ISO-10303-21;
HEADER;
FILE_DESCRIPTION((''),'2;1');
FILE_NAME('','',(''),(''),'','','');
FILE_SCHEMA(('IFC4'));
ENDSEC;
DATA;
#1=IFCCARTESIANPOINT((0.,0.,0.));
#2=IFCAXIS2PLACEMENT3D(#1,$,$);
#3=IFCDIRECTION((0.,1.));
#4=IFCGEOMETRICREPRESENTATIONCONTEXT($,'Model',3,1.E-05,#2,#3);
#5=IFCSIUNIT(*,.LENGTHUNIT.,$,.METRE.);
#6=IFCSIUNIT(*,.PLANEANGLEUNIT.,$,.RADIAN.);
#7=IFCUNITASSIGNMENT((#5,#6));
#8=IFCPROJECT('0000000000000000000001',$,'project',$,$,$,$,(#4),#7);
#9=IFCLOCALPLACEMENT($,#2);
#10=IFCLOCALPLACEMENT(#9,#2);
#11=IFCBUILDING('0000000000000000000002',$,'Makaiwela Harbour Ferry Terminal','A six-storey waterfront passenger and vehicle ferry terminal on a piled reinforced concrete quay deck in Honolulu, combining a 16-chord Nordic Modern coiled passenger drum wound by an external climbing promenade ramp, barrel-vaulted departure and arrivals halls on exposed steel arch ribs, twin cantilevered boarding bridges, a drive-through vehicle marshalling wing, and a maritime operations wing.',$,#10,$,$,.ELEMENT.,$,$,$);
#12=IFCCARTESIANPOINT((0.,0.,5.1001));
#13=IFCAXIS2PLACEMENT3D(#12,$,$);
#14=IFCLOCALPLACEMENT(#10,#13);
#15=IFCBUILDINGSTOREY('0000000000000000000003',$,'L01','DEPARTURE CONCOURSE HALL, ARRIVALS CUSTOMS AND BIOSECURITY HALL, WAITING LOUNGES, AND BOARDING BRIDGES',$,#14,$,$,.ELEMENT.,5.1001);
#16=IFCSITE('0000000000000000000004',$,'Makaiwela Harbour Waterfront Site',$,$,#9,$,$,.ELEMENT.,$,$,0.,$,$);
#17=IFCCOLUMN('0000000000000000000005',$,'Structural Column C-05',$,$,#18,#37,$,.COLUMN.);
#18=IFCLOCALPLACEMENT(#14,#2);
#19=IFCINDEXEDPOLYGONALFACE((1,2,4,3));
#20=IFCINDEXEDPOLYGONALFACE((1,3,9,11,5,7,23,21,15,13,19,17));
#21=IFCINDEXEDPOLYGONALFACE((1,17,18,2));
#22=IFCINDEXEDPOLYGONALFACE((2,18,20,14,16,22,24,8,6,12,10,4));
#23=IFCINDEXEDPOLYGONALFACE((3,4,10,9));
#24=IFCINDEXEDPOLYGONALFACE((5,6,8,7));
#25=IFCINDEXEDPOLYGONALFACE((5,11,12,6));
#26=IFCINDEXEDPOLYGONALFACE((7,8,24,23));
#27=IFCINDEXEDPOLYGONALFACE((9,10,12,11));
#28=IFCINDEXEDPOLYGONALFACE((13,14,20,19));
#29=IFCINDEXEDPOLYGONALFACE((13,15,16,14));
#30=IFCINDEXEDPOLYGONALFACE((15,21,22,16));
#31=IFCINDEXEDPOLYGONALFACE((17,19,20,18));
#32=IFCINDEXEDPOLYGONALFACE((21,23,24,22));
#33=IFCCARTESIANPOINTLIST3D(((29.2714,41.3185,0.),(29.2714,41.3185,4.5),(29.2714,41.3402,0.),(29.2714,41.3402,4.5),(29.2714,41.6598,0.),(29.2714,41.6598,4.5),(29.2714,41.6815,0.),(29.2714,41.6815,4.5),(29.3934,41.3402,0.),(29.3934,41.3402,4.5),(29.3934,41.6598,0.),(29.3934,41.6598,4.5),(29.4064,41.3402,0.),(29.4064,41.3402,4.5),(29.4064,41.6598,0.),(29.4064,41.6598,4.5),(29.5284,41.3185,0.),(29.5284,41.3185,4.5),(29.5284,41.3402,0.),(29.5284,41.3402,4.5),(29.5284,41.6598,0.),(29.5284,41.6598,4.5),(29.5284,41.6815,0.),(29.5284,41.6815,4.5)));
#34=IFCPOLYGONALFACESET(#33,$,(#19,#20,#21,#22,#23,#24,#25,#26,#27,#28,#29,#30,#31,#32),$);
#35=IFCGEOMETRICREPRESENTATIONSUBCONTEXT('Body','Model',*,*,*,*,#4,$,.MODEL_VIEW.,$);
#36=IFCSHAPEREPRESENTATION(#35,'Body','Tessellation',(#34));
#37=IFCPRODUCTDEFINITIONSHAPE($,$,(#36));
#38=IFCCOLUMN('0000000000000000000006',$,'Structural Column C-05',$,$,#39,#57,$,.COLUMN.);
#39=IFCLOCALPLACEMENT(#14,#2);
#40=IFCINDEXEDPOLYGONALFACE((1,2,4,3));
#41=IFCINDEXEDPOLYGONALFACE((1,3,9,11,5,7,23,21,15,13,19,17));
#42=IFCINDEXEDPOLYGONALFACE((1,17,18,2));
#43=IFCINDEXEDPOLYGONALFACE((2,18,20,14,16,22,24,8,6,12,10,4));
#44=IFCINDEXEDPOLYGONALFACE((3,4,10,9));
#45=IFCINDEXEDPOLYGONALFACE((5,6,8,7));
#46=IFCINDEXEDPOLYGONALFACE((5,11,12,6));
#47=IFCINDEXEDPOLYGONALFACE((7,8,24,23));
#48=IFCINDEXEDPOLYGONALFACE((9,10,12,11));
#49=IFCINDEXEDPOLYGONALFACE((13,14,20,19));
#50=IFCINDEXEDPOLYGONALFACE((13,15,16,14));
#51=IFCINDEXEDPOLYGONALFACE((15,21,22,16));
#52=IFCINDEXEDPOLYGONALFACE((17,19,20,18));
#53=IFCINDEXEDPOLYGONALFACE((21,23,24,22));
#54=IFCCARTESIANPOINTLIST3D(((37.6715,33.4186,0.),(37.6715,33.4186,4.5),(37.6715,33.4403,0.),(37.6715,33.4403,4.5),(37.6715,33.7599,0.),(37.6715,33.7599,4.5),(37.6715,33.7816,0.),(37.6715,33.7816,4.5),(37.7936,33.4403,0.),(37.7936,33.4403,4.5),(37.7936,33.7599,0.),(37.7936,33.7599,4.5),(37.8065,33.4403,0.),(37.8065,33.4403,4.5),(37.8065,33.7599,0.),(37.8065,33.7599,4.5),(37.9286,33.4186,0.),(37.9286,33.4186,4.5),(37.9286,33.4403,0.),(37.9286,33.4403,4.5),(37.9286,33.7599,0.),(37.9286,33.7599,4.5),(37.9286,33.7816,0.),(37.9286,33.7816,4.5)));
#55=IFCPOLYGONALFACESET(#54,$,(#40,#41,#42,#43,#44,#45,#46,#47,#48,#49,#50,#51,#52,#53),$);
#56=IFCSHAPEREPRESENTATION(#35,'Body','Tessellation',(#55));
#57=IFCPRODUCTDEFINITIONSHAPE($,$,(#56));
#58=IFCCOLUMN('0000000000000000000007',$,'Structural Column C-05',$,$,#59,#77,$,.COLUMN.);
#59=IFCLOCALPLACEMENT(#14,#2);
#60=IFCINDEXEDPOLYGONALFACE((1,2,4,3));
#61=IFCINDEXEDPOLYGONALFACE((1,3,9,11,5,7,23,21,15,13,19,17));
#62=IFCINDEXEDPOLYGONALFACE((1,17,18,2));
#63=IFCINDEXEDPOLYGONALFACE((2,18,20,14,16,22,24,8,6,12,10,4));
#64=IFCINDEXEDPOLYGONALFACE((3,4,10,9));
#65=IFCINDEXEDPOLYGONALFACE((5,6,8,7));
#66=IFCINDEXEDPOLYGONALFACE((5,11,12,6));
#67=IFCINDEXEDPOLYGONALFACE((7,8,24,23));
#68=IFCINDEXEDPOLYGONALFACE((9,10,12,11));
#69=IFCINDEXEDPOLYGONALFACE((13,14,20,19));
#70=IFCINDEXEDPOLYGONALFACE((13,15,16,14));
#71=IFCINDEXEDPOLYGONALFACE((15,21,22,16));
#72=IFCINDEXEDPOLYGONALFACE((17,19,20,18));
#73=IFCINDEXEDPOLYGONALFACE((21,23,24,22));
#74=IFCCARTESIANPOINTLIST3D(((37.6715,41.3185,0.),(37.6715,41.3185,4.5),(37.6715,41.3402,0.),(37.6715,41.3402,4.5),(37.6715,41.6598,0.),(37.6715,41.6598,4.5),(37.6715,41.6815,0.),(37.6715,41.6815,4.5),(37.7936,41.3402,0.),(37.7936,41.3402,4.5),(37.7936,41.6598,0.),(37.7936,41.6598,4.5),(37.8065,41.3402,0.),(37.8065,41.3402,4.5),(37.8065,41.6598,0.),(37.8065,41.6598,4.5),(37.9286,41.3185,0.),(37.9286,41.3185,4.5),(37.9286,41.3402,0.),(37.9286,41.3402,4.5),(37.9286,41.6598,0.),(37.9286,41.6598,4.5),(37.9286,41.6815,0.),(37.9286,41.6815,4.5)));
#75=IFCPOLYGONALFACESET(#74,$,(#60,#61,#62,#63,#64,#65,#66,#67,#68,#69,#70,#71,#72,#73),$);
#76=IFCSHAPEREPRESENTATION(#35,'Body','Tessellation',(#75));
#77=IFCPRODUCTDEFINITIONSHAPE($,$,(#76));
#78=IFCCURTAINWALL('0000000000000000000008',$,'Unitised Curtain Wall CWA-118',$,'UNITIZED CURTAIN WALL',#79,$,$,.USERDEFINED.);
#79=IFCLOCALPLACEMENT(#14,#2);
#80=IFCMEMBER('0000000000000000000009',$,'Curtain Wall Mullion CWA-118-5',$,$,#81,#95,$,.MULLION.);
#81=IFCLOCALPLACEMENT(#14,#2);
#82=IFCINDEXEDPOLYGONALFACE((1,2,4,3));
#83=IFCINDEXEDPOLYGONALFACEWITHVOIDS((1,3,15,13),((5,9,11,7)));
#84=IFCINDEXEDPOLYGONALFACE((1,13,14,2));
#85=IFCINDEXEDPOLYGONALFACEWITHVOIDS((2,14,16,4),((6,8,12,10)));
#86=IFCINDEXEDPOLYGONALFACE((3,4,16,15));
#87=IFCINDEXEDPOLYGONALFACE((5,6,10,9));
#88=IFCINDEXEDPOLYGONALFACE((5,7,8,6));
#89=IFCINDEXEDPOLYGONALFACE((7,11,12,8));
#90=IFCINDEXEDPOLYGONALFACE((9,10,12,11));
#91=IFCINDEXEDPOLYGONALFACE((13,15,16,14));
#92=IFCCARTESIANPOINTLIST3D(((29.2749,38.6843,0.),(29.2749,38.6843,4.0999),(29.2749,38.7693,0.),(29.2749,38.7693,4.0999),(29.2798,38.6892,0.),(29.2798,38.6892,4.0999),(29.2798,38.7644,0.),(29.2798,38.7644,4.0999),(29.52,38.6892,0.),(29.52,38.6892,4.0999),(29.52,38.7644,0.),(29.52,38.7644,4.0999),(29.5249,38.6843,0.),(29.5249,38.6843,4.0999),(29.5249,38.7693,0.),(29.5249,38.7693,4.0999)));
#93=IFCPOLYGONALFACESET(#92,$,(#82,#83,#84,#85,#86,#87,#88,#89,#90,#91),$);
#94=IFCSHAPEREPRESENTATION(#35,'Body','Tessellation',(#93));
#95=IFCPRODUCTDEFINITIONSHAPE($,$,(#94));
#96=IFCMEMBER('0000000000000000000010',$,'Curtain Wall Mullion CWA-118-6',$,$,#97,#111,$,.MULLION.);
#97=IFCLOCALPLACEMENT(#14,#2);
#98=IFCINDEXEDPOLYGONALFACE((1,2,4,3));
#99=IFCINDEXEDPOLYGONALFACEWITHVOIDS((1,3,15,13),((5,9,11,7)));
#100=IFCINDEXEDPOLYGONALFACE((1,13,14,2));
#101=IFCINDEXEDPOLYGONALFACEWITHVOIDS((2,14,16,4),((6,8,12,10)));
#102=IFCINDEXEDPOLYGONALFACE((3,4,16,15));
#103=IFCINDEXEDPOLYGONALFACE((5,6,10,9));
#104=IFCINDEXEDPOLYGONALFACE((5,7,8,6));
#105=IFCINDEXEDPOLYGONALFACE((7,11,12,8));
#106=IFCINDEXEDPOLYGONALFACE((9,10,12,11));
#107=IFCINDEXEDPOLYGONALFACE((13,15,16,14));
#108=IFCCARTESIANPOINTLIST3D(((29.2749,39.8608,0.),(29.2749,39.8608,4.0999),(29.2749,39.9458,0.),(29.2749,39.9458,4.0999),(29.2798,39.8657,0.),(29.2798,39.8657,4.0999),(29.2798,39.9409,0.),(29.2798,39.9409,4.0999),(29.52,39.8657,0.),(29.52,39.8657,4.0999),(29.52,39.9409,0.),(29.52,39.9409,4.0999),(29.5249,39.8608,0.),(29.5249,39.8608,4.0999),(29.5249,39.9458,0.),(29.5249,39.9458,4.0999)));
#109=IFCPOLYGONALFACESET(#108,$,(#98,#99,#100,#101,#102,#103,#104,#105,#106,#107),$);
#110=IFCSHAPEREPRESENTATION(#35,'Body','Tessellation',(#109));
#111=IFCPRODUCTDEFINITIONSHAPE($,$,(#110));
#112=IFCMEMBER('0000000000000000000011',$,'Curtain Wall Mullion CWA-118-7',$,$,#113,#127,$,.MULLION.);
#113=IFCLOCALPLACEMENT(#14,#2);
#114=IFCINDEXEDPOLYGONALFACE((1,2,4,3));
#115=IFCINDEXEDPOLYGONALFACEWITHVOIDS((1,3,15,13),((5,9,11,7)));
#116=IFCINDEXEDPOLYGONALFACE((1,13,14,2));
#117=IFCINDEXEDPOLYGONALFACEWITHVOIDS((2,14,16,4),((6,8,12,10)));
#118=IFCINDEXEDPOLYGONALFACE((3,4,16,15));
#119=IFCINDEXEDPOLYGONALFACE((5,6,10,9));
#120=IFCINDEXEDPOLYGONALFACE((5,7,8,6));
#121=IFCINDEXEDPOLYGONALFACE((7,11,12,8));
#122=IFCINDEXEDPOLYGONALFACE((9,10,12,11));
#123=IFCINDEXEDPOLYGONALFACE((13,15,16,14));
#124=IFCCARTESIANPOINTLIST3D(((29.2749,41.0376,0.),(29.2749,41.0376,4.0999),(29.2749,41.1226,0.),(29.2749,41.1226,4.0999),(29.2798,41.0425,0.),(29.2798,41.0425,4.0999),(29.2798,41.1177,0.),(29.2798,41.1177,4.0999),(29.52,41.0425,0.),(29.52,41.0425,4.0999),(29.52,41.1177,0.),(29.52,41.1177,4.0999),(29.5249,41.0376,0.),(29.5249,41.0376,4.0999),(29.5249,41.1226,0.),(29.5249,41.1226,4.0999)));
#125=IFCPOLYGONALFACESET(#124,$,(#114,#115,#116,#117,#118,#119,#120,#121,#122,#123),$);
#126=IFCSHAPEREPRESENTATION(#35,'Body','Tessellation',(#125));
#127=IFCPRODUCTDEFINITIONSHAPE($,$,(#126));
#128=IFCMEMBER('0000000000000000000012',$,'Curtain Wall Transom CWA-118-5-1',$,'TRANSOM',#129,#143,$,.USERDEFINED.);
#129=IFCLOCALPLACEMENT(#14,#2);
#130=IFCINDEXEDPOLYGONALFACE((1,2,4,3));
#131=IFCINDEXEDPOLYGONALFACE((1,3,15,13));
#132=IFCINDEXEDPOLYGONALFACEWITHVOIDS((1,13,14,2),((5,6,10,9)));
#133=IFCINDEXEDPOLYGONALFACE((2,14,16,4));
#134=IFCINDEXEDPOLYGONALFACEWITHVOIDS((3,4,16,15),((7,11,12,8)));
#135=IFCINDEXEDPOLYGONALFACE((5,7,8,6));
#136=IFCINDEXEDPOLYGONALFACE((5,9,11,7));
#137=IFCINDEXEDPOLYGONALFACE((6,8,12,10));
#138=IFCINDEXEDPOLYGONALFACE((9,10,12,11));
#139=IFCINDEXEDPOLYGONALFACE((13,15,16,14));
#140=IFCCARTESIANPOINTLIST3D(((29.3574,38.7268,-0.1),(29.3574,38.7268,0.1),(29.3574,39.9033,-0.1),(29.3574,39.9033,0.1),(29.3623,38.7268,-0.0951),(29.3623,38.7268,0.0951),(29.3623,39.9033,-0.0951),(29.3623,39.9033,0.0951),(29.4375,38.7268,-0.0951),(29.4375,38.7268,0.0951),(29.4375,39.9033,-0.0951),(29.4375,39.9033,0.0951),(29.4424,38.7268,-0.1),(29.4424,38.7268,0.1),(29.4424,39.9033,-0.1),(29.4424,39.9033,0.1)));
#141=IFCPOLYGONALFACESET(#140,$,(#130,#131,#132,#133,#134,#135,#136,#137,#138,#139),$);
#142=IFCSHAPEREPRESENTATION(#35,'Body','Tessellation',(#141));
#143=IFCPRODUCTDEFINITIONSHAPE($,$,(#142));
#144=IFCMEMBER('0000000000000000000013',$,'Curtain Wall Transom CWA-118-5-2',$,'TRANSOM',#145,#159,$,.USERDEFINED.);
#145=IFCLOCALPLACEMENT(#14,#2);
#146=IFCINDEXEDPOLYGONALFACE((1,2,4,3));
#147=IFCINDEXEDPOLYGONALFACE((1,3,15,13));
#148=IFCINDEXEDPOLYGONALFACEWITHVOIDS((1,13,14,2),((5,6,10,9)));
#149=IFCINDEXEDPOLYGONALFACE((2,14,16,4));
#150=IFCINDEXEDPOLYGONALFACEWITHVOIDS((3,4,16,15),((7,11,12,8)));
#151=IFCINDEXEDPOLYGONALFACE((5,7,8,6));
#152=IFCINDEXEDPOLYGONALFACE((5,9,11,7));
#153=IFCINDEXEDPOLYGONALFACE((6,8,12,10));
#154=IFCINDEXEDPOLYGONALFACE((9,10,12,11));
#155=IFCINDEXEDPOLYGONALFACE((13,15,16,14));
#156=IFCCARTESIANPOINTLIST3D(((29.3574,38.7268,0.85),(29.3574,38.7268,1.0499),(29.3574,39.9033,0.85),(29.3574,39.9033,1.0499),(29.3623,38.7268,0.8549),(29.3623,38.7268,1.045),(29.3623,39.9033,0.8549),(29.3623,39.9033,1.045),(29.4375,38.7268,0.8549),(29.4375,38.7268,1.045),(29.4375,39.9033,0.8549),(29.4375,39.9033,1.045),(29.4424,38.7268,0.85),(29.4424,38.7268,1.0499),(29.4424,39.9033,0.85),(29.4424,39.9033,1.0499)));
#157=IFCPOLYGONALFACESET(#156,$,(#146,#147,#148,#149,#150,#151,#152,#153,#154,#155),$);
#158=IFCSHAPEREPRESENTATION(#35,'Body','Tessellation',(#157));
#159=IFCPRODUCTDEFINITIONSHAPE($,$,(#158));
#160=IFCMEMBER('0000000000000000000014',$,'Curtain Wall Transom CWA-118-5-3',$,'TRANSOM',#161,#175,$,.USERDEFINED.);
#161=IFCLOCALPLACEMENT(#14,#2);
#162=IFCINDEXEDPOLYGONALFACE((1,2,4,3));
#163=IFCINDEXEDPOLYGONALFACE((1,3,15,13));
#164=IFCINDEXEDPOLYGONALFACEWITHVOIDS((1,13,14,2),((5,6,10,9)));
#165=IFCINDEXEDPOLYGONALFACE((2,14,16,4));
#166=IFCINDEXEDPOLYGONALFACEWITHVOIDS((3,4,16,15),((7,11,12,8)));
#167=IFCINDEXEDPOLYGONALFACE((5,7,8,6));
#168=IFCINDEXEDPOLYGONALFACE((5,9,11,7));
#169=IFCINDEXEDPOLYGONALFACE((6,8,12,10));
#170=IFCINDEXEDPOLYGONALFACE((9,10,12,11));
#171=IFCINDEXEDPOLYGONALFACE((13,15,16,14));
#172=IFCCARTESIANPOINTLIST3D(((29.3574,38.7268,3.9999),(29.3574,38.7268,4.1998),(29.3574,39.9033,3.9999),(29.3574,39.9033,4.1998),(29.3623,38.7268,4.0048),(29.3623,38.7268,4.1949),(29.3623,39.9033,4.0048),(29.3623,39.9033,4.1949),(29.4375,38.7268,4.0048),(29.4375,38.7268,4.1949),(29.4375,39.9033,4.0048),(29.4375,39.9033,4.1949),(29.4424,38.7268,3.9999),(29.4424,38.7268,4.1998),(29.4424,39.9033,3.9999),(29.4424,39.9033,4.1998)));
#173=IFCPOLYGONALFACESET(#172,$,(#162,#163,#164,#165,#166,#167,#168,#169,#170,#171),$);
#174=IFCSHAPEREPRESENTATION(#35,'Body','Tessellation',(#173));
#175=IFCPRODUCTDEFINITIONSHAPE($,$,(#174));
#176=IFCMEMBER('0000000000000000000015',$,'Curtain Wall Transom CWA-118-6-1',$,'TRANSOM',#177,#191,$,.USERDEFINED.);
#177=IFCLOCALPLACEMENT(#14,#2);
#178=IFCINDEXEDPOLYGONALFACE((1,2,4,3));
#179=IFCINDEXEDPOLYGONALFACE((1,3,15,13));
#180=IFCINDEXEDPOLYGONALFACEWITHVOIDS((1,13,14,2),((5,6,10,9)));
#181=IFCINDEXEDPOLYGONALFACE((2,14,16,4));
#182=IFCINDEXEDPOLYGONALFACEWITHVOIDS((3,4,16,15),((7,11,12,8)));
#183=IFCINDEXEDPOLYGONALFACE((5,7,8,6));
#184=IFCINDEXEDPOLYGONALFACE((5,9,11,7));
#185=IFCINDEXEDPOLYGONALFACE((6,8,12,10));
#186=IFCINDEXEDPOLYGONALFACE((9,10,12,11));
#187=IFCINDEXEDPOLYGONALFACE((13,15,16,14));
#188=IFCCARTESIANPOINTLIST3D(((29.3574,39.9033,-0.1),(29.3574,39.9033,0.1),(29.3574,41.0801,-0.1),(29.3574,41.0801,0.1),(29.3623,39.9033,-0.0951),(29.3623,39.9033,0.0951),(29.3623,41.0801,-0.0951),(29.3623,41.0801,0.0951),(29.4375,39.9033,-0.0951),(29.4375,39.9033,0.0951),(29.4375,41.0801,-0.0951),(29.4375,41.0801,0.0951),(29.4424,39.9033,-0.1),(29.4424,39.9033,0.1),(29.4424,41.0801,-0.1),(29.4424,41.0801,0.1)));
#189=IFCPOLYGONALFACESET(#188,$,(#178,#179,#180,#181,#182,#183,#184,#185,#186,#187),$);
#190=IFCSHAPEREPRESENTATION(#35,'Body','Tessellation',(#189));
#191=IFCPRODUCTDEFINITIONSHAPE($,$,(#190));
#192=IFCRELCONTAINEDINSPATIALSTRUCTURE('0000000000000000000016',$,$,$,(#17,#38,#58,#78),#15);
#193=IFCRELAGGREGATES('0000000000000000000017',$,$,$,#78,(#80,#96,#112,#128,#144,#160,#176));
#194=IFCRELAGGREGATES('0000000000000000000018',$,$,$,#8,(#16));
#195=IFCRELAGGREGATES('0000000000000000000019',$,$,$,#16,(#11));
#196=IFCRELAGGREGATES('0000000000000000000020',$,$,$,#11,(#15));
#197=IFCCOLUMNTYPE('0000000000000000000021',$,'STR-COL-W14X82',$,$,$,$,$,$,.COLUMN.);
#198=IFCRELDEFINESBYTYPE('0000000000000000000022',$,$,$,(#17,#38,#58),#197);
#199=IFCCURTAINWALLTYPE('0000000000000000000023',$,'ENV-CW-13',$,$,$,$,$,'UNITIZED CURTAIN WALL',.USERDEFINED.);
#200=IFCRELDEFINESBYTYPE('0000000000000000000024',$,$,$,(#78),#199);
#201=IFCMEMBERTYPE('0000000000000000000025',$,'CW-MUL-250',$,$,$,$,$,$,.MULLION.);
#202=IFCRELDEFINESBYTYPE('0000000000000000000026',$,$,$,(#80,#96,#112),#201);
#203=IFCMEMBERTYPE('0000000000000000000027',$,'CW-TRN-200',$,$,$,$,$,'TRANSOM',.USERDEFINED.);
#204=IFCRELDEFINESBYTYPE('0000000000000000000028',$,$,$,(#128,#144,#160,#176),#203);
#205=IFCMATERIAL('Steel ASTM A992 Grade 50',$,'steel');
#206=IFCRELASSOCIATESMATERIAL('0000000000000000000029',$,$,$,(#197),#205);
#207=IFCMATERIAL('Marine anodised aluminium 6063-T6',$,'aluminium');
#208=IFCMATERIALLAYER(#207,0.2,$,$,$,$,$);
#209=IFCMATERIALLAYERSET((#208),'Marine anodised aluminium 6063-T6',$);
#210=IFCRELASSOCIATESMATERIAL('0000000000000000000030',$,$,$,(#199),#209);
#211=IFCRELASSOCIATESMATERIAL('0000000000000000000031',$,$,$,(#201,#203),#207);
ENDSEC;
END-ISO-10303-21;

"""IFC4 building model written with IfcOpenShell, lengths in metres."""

from ifc_helpers import new_model, si_unit, direction, frame, origin, origin_2d, place, context, subcontext, project, spatial, hollow_rectangle, i_section, extrude, material, layer, layer_set, material_profile, profile_set, type_object, element, aggregate, save


model = new_model("IFC4")

# Units and contexts
model_context = context("Model", 3, precision=1e-05, world=origin(), true_north=direction((0.0, 1.0)))
body_context = subcontext(model_context, "Body", "Model", "MODEL_VIEW")
ifc_project = project(units=[si_unit("LENGTHUNIT", "METRE"), si_unit("PLANEANGLEUNIT", "RADIAN")], contexts=[model_context])

# Site, building, storey
site_placement = place(None, origin())
site = spatial("IfcSite", under=ifc_project, at=site_placement, Name="Makaiwela Harbour Waterfront Site", CompositionType="ELEMENT", RefElevation=0.0)
building_placement = place(site_placement, origin())
building = spatial("IfcBuilding", under=site, at=building_placement, Name="Makaiwela Harbour Ferry Terminal", Description="A six-storey waterfront passenger and vehicle ferry terminal on a piled reinforced concrete quay deck in Honolulu, combining a 16-chord Nordic Modern coiled passenger drum wound by an external climbing promenade ramp, barrel-vaulted departure and arrivals halls on exposed steel arch ribs, twin cantilevered boarding bridges, a drive-through vehicle marshalling wing, and a maritime operations wing.", CompositionType="ELEMENT")
storey_placement = place(building_placement, frame((0.0, 0.0, 5.1001)))
storey = spatial("IfcBuildingStorey", under=building, at=storey_placement, Name="L01", Description="DEPARTURE CONCOURSE HALL, ARRIVALS CUSTOMS AND BIOSECURITY HALL, WAITING LOUNGES, AND BOARDING BRIDGES", CompositionType="ELEMENT", Elevation=5.1001)

# Columns
ifc_material_1 = material(Name="Steel ASTM A992 Grade 50", Category="steel")
ifc_material_profile_1 = material_profile(ifc_material_1, i_section(OverallWidth=0.2571, OverallDepth=0.363, WebThickness=0.0129, FlangeThickness=0.0217, at=origin_2d()), Name="W14X82")
ifc_profile_set_1 = profile_set([ifc_material_profile_1], Name="Steel ASTM A992 Grade 50")
column_type = type_object("IfcColumnType", Name="STR-COL-W14X82", PredefinedType="COLUMN", material=ifc_profile_set_1)
for number, where, z_axis, x_axis, name in (
    (1, (29.3999, 41.5, 0.0), (0.0, 0.0, 1.0), (1.0, 0.0, 0.0), "Structural Column C-05"),
    (2, (37.8, 33.6001, 0.0), (0.0, 0.0, 1.0), (1.0, 0.0, 0.0), "Structural Column C-05"),
    (3, (37.8, 41.5, 0.0), (0.0, 0.0, 1.0), (1.0, 0.0, 0.0), "Structural Column C-05"),
):
    element("IfcColumn", number, at=place(storey_placement, frame(where, z_axis=z_axis, x_axis=x_axis)), inside=storey, type_object=column_type, Name=name, PredefinedType="COLUMN", context=body_context, shape_type="SweptSolid", body=[
        extrude(i_section(OverallWidth=0.2571, OverallDepth=0.363, WebThickness=0.0129, FlangeThickness=0.0217, at=origin_2d()), origin(), (0.0, 0.0, 1.0), 4.5),
    ])

# Curtain wall, members
ifc_material_2 = material(Name="Marine anodised aluminium 6063-T6", Category="aluminium")
ifc_layer_1 = layer(ifc_material_2, 0.2)
ifc_layer_set_1 = layer_set([ifc_layer_1], Name="Marine anodised aluminium 6063-T6")
curtain_wall_type = type_object("IfcCurtainWallType", Name="ENV-CW-13", ElementType="UNITIZED CURTAIN WALL", PredefinedType="USERDEFINED", material=ifc_layer_set_1)
curtain_wall_placement = place(storey_placement, origin())
curtain_wall = element("IfcCurtainWall", 4, at=curtain_wall_placement, inside=storey, type_object=curtain_wall_type, Name="Unitised Curtain Wall CWA-118", ObjectType="UNITIZED CURTAIN WALL", PredefinedType="USERDEFINED")
ifc_material_profile_2 = material_profile(ifc_material_2, hollow_rectangle(XDim=0.085, YDim=0.25, WallThickness=0.0049, at=origin_2d()), Name="CWM-250X85")
ifc_profile_set_2 = profile_set([ifc_material_profile_2], Name="Marine anodised aluminium 6063-T6")
member_type_1 = type_object("IfcMemberType", Name="CW-MUL-250", PredefinedType="MULLION", material=ifc_profile_set_2)
member_1_placement = place(storey_placement, frame((29.3999, 38.7268, 0.0), z_axis=(0.0, 0.0, 1.0), x_axis=(0.0, 1.0, 0.0)))
member_1 = element("IfcMember", 5, at=member_1_placement, type_object=member_type_1, Name="Curtain Wall Mullion CWA-118-5", PredefinedType="MULLION", context=body_context, shape_type="SweptSolid", body=[
    extrude(hollow_rectangle(XDim=0.085, YDim=0.25, WallThickness=0.0049, at=origin_2d()), origin(), (0.0, 0.0, 1.0), 4.0999),
])
member_2_placement = place(storey_placement, frame((29.3999, 39.9033, 0.0), z_axis=(0.0, 0.0, 1.0), x_axis=(0.0, 1.0, 0.0)))
member_2 = element("IfcMember", 6, at=member_2_placement, type_object=member_type_1, Name="Curtain Wall Mullion CWA-118-6", PredefinedType="MULLION", context=body_context, shape_type="SweptSolid", body=[
    extrude(hollow_rectangle(XDim=0.085, YDim=0.25, WallThickness=0.0049, at=origin_2d()), origin(), (0.0, 0.0, 1.0), 4.0999),
])
member_3_placement = place(storey_placement, frame((29.3999, 41.0801, 0.0), z_axis=(0.0, 0.0, 1.0), x_axis=(0.0, 1.0, 0.0)))
member_3 = element("IfcMember", 7, at=member_3_placement, type_object=member_type_1, Name="Curtain Wall Mullion CWA-118-7", PredefinedType="MULLION", context=body_context, shape_type="SweptSolid", body=[
    extrude(hollow_rectangle(XDim=0.085, YDim=0.25, WallThickness=0.0049, at=origin_2d()), origin(), (0.0, 0.0, 1.0), 4.0999),
])
ifc_material_profile_3 = material_profile(ifc_material_2, hollow_rectangle(XDim=0.085, YDim=0.2, WallThickness=0.0049, at=origin_2d()), Name="CWT-200X85")
ifc_profile_set_3 = profile_set([ifc_material_profile_3], Name="Marine anodised aluminium 6063-T6")
member_type_2 = type_object("IfcMemberType", Name="CW-TRN-200", ElementType="TRANSOM", PredefinedType="USERDEFINED", material=ifc_profile_set_3)
member_4_placement = place(storey_placement, frame((29.3999, 38.7268, 0.0), z_axis=(0.0, 1.0, 0.0), x_axis=(-1.0, 0.0, 0.0)))
member_4 = element("IfcMember", 8, at=member_4_placement, type_object=member_type_2, Name="Curtain Wall Transom CWA-118-5-1", ObjectType="TRANSOM", PredefinedType="USERDEFINED", context=body_context, shape_type="SweptSolid", body=[
    extrude(hollow_rectangle(XDim=0.085, YDim=0.2, WallThickness=0.0049, at=origin_2d()), origin(), (0.0, 0.0, 1.0), 1.1765),
])
member_5_placement = place(storey_placement, frame((29.3999, 38.7268, 0.95), z_axis=(0.0, 1.0, 0.0), x_axis=(-1.0, 0.0, 0.0)))
member_5 = element("IfcMember", 9, at=member_5_placement, type_object=member_type_2, Name="Curtain Wall Transom CWA-118-5-2", ObjectType="TRANSOM", PredefinedType="USERDEFINED", context=body_context, shape_type="SweptSolid", body=[
    extrude(hollow_rectangle(XDim=0.085, YDim=0.2, WallThickness=0.0049, at=origin_2d()), origin(), (0.0, 0.0, 1.0), 1.1765),
])
member_6_placement = place(storey_placement, frame((29.3999, 38.7268, 4.0999), z_axis=(0.0, 1.0, 0.0), x_axis=(-1.0, 0.0, 0.0)))
member_6 = element("IfcMember", 10, at=member_6_placement, type_object=member_type_2, Name="Curtain Wall Transom CWA-118-5-3", ObjectType="TRANSOM", PredefinedType="USERDEFINED", context=body_context, shape_type="SweptSolid", body=[
    extrude(hollow_rectangle(XDim=0.085, YDim=0.2, WallThickness=0.0049, at=origin_2d()), origin(), (0.0, 0.0, 1.0), 1.1765),
])
member_7_placement = place(storey_placement, frame((29.3999, 39.9033, 0.0), z_axis=(0.0, 1.0, 0.0), x_axis=(-1.0, 0.0, 0.0)))
member_7 = element("IfcMember", 11, at=member_7_placement, type_object=member_type_2, Name="Curtain Wall Transom CWA-118-6-1", ObjectType="TRANSOM", PredefinedType="USERDEFINED", context=body_context, shape_type="SweptSolid", body=[
    extrude(hollow_rectangle(XDim=0.085, YDim=0.2, WallThickness=0.0049, at=origin_2d()), origin(), (0.0, 0.0, 1.0), 1.1768),
])

aggregate(curtain_wall, [member_1, member_2, member_3, member_4, member_5, member_6, member_7])

save(model, "model.ifc")
